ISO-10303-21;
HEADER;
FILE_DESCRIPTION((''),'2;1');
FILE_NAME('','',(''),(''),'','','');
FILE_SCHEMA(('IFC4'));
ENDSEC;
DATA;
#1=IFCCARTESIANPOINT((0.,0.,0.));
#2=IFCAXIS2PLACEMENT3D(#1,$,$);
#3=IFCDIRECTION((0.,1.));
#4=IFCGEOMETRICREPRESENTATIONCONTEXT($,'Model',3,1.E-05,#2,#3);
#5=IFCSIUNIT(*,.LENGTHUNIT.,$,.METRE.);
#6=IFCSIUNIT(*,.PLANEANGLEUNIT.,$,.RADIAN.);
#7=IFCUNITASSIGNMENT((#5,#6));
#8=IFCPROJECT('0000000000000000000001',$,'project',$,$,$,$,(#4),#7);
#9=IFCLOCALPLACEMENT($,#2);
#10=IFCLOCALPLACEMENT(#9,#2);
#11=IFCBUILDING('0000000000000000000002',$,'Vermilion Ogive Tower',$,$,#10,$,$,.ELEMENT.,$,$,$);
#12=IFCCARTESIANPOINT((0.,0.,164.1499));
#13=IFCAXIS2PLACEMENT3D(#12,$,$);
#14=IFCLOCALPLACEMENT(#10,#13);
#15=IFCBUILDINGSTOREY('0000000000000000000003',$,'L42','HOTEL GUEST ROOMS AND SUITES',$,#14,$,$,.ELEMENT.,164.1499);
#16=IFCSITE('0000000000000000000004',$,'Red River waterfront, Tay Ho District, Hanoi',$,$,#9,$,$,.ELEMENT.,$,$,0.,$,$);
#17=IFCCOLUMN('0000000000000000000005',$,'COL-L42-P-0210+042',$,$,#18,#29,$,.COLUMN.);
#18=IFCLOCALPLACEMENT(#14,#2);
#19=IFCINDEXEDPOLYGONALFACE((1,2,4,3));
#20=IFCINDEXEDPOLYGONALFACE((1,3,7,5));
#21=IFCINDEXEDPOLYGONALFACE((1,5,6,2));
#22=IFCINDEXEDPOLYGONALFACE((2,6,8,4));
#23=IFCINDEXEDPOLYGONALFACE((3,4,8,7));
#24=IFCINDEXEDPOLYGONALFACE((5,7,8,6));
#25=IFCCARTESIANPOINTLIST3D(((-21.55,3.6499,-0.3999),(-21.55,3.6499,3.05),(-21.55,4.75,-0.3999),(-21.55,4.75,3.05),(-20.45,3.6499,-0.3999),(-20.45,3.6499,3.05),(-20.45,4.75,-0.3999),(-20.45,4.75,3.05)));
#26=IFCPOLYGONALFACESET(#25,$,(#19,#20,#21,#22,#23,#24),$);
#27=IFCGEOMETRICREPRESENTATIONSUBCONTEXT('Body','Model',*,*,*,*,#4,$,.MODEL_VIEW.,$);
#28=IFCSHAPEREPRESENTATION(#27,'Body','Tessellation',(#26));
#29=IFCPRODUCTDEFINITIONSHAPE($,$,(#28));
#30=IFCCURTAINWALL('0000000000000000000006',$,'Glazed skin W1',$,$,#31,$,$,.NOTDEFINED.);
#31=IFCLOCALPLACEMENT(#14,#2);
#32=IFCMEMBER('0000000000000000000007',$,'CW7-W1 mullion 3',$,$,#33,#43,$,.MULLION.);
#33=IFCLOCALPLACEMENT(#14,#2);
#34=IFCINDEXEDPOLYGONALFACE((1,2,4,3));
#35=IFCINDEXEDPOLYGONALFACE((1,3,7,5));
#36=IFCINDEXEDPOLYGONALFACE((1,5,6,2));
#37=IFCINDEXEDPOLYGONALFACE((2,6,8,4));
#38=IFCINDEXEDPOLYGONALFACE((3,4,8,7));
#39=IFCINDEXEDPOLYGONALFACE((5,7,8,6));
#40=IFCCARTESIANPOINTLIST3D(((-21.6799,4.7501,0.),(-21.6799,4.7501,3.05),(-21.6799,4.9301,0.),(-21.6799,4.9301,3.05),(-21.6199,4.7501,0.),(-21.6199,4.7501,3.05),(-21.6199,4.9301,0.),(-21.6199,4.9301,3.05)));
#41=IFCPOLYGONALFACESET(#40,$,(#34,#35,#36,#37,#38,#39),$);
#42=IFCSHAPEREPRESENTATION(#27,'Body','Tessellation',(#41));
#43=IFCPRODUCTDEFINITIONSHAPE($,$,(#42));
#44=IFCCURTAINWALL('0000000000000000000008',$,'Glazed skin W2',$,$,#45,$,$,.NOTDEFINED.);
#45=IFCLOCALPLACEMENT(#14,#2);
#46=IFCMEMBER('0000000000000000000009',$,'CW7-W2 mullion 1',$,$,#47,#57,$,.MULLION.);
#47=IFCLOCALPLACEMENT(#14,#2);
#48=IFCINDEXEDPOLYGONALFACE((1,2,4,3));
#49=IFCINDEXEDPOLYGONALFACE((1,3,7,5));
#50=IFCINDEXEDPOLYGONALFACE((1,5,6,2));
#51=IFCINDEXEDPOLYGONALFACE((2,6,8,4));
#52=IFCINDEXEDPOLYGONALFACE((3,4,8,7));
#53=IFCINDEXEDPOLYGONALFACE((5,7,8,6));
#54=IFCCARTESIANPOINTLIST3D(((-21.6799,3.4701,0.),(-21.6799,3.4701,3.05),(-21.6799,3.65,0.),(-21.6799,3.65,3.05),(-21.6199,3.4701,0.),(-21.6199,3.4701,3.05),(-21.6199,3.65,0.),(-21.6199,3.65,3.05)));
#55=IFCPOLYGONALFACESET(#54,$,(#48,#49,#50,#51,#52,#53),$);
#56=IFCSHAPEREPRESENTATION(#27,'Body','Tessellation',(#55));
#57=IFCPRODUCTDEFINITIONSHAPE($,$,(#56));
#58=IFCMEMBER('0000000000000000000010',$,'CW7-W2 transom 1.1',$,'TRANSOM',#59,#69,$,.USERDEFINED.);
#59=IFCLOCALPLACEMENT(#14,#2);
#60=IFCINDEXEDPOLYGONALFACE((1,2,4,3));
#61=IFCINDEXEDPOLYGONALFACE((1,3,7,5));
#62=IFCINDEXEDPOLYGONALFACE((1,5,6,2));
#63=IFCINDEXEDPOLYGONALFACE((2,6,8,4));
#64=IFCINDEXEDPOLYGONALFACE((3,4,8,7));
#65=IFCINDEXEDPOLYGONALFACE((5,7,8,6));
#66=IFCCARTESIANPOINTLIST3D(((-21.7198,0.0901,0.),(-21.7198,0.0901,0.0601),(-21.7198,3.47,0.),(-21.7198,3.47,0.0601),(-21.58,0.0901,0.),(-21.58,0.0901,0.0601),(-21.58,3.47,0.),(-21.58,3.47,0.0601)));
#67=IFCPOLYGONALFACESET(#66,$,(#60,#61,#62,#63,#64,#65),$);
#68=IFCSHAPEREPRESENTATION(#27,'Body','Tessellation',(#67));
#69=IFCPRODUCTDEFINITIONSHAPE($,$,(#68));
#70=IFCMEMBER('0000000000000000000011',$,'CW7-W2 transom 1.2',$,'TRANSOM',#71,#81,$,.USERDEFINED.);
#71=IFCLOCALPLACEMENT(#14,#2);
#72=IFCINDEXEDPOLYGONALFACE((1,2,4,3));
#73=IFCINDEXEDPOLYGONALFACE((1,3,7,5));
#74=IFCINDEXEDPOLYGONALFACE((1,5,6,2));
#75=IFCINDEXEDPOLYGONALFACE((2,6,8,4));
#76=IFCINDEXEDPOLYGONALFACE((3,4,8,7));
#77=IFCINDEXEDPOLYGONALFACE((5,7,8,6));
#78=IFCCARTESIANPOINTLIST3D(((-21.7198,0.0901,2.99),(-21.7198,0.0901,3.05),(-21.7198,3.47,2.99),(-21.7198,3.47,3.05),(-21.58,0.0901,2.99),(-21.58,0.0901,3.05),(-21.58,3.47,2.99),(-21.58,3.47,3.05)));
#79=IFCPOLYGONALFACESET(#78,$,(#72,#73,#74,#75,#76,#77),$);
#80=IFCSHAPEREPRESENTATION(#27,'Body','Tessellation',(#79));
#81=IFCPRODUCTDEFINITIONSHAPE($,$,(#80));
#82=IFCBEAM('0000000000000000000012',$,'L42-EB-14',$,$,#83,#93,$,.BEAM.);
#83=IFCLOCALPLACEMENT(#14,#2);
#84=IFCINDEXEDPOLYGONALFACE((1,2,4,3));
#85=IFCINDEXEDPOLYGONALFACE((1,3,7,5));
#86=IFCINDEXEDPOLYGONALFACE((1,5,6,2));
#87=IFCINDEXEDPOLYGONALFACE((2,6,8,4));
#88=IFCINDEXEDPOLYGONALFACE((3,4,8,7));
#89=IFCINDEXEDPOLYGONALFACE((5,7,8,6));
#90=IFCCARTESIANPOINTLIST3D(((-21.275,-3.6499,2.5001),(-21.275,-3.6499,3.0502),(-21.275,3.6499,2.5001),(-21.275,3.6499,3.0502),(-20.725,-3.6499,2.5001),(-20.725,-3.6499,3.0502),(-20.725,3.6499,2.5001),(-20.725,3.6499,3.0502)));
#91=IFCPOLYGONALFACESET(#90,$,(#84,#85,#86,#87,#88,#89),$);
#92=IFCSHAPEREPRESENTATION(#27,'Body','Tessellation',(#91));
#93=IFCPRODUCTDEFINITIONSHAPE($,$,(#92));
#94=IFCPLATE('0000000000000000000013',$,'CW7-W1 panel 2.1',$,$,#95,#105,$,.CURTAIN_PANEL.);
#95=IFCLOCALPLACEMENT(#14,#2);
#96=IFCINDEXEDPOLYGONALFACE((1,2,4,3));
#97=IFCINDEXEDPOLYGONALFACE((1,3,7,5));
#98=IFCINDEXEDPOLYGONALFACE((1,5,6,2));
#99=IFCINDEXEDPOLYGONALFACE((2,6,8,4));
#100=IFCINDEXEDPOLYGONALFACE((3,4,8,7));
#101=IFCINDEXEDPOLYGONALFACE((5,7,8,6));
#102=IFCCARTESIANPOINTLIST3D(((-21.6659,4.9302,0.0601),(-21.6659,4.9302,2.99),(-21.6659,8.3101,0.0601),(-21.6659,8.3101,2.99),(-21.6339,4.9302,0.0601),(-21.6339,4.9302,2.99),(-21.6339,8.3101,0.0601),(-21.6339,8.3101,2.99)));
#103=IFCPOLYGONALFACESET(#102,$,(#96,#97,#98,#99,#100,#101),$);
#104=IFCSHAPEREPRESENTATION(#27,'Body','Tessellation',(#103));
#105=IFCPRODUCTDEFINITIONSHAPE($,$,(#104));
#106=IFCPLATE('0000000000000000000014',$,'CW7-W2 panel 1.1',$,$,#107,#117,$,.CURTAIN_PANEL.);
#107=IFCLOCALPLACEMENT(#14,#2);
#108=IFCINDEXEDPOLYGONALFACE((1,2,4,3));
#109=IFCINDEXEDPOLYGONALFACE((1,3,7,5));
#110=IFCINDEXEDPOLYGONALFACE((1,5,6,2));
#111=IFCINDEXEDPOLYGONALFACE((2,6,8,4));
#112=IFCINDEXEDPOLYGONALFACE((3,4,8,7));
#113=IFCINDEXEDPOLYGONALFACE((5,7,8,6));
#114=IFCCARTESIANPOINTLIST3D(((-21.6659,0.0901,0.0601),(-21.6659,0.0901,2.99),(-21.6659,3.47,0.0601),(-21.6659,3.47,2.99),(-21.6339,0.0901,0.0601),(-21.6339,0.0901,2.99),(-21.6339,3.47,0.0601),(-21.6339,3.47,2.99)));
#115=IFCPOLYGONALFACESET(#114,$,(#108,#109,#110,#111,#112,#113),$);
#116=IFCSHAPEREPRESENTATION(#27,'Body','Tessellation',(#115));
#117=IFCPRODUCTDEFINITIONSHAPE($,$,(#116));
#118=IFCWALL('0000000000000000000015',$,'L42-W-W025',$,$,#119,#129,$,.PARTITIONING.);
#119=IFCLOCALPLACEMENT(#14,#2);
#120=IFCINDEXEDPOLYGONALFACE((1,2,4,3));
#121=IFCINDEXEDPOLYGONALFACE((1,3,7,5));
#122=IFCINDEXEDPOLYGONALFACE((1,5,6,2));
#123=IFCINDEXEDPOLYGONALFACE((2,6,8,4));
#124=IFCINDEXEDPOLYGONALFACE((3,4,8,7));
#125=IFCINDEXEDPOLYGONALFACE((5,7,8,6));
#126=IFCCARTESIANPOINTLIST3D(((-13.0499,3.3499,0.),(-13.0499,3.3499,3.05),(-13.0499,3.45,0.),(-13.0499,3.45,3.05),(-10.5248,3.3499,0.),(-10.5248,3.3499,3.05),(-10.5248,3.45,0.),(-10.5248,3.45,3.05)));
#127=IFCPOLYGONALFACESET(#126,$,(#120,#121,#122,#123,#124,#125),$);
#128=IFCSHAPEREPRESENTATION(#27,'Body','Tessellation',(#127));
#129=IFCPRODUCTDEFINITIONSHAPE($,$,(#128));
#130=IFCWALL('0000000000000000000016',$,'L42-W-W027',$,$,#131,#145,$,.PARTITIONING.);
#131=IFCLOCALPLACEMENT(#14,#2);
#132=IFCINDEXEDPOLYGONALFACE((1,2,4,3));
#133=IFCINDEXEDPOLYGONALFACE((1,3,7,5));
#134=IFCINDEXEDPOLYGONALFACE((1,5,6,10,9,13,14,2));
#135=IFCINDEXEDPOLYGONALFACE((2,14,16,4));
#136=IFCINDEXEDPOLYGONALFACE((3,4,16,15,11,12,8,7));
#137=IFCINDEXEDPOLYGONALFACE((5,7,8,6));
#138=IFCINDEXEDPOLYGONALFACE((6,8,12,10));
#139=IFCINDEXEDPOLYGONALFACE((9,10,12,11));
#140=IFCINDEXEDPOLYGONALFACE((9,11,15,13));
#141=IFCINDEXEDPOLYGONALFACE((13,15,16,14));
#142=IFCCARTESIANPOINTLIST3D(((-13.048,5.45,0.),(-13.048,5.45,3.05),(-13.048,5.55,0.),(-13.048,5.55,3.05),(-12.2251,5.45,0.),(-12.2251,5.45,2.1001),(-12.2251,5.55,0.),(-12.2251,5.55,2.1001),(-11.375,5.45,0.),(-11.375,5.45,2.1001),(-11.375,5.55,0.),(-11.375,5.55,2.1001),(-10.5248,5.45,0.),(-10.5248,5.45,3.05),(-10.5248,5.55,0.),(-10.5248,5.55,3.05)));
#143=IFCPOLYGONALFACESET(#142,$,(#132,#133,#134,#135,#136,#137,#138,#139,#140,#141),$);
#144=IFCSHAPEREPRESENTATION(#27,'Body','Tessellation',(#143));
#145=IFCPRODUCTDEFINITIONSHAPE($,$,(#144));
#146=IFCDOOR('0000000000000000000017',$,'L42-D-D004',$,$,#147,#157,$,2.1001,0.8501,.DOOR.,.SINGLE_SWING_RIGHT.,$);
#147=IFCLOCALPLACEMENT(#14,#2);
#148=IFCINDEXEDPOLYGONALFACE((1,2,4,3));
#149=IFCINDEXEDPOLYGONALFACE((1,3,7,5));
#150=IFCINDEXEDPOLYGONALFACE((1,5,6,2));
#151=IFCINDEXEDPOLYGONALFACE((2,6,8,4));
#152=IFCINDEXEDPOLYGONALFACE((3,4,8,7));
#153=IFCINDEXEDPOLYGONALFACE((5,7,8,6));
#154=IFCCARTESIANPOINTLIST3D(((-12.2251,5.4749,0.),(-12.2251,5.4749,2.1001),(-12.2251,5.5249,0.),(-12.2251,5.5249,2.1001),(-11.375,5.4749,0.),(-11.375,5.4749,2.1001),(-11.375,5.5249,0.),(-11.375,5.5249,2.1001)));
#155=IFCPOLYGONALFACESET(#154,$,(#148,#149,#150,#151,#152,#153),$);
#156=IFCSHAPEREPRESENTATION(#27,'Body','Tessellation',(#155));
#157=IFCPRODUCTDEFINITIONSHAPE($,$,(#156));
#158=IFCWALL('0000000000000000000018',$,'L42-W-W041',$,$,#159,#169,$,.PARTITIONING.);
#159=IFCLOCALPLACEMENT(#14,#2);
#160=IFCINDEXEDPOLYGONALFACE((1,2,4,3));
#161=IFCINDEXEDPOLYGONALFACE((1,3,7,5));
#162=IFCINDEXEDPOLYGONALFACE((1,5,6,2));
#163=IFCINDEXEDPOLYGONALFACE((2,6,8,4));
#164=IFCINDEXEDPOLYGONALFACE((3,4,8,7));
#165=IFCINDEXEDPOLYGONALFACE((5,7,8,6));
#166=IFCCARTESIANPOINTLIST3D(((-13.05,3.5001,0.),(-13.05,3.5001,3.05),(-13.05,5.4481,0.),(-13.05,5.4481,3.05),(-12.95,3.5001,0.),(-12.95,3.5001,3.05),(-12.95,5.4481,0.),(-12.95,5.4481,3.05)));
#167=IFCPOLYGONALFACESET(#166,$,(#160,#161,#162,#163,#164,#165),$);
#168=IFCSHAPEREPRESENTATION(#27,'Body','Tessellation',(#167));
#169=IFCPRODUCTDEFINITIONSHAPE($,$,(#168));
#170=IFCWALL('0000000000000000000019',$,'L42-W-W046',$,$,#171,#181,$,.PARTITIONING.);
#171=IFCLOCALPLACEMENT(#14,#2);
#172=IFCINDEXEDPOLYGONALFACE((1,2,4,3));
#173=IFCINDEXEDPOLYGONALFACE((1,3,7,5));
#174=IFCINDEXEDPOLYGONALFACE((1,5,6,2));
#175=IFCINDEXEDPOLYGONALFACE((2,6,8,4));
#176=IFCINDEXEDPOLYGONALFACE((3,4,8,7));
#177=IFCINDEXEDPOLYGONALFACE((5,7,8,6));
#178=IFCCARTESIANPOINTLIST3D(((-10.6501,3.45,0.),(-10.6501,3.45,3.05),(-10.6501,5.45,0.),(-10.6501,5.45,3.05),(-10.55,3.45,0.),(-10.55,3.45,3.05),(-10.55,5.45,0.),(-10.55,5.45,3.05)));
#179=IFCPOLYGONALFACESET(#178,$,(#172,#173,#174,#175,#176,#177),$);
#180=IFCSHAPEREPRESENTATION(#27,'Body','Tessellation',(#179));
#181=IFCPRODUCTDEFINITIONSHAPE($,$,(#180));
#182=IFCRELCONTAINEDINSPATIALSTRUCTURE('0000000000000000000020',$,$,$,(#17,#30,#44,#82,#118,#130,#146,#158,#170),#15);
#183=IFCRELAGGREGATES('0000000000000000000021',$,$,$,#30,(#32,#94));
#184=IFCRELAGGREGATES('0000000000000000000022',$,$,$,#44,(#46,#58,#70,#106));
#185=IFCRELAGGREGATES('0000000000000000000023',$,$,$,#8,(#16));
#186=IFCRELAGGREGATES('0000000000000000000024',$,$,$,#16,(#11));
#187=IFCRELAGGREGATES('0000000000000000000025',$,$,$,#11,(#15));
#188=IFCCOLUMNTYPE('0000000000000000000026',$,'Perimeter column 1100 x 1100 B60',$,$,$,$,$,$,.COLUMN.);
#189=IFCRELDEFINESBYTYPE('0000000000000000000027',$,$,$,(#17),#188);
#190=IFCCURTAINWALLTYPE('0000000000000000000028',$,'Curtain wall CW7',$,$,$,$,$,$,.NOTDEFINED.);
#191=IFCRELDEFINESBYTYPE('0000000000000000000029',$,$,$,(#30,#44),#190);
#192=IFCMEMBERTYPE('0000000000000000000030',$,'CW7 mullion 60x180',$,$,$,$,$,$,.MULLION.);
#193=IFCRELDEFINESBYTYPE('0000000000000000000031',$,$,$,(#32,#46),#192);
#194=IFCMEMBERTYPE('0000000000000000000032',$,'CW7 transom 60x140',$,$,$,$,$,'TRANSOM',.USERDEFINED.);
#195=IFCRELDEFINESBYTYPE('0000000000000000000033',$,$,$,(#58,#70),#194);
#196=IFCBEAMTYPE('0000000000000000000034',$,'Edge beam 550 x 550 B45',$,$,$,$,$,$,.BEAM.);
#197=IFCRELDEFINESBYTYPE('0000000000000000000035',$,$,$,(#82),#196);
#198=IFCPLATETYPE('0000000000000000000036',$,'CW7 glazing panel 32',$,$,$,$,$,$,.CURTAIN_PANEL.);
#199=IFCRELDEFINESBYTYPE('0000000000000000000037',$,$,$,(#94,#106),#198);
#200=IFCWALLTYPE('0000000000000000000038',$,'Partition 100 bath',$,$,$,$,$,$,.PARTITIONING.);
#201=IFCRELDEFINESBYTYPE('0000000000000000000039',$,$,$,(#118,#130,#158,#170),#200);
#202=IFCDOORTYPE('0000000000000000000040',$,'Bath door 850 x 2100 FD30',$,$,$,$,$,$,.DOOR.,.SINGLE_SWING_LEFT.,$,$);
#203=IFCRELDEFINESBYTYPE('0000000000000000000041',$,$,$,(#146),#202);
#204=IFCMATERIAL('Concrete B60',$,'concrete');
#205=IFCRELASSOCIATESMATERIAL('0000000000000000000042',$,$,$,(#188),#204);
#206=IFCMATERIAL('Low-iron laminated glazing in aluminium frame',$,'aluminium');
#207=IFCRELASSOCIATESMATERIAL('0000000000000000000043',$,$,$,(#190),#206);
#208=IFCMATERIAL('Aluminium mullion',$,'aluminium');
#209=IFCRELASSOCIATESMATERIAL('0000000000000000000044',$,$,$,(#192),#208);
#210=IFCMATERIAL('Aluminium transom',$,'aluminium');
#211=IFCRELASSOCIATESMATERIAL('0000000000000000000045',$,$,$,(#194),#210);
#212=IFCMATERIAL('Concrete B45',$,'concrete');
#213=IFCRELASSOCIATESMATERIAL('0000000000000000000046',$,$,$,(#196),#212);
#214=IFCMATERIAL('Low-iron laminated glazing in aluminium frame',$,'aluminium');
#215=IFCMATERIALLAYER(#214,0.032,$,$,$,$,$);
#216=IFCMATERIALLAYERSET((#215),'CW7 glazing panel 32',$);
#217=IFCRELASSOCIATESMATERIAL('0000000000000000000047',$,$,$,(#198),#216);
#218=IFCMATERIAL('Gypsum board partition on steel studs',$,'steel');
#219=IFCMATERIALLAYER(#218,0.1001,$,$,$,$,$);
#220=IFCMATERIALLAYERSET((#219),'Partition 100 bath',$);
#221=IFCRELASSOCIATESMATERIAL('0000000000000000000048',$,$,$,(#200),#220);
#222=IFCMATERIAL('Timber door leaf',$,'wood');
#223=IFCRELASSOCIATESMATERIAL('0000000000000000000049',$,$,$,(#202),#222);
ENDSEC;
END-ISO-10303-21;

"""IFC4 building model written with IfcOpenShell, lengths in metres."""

from ifc_helpers import new_model, si_unit, direction, frame, frame_2d, origin, origin_2d, place, context, subcontext, project, spatial, rectangle, extrude, material, layer, layer_set, material_profile, profile_set, type_object, element, fill, aggregate, save


model = new_model("IFC4")

# Units and contexts
model_context = context("Model", 3, precision=1e-05, world=origin(), true_north=direction((0.0, 1.0)))
body_context = subcontext(model_context, "Body", "Model", "MODEL_VIEW")
ifc_project = project(units=[si_unit("LENGTHUNIT", "METRE"), si_unit("PLANEANGLEUNIT", "RADIAN")], contexts=[model_context])

# Site, building, storey
site_placement = place(None, origin())
site = spatial("IfcSite", under=ifc_project, at=site_placement, Name="Red River waterfront, Tay Ho District, Hanoi", CompositionType="ELEMENT", RefElevation=0.0)
building_placement = place(site_placement, origin())
building = spatial("IfcBuilding", under=site, at=building_placement, Name="Vermilion Ogive Tower", CompositionType="ELEMENT")
storey_placement = place(building_placement, frame((0.0, 0.0, 164.1499)))
storey = spatial("IfcBuildingStorey", under=building, at=storey_placement, Name="L42", Description="HOTEL GUEST ROOMS AND SUITES", CompositionType="ELEMENT", Elevation=164.1499)

# Column
ifc_material_1 = material(Name="Concrete B60", Category="concrete")
ifc_material_profile_1 = material_profile(ifc_material_1, rectangle(XDim=1.1001, YDim=1.1001, at=origin_2d()), Name="1100 x 1100")
ifc_profile_set_1 = profile_set([ifc_material_profile_1], Name="Concrete B60")
column_type = type_object("IfcColumnType", Name="Perimeter column 1100 x 1100 B60", PredefinedType="COLUMN", material=ifc_profile_set_1)
column_placement = place(storey_placement, frame((-21.0, 4.2, -0.3999), z_axis=(0.0, 0.0, 1.0), x_axis=(1.0, 0.0, 0.0)))
element("IfcColumn", 1, at=column_placement, inside=storey, type_object=column_type, Name="COL-L42-P-0210+042", PredefinedType="COLUMN", context=body_context, shape_type="SweptSolid", body=[
    extrude(rectangle(XDim=1.1001, YDim=1.1001, at=origin_2d()), origin(), (0.0, 0.0, 1.0), 3.45),
])

# Curtain wall, member
ifc_material_2 = material(Name="Low-iron laminated glazing in aluminium frame", Category="aluminium")
curtain_wall_type = type_object("IfcCurtainWallType", Name="Curtain wall CW7", PredefinedType="NOTDEFINED", material=ifc_material_2)
curtain_wall_1_placement = place(storey_placement, origin())
curtain_wall_1 = element("IfcCurtainWall", 2, at=curtain_wall_1_placement, inside=storey, type_object=curtain_wall_type, Name="Glazed skin W1", PredefinedType="NOTDEFINED")
ifc_material_3 = material(Name="Aluminium mullion", Category="aluminium")
ifc_material_profile_2 = material_profile(ifc_material_3, rectangle(XDim=0.0601, YDim=0.1799, at=origin_2d()), Name="AL 60x180")
ifc_profile_set_2 = profile_set([ifc_material_profile_2], Name="Aluminium mullion")
member_type_1 = type_object("IfcMemberType", Name="CW7 mullion 60x180", PredefinedType="MULLION", material=ifc_profile_set_2)
member_1_placement = place(storey_placement, frame((-21.6499, 4.8401, 0.0), z_axis=(0.0, 0.0, 1.0), x_axis=(1.0, 0.0, 0.0)))
member_1 = element("IfcMember", 3, at=member_1_placement, type_object=member_type_1, Name="CW7-W1 mullion 3", PredefinedType="MULLION", context=body_context, shape_type="SweptSolid", body=[
    extrude(rectangle(XDim=0.0601, YDim=0.1799, at=origin_2d()), origin(), (0.0, 0.0, 1.0), 3.05),
])

# Curtain wall, members
curtain_wall_2_placement = place(storey_placement, origin())
curtain_wall_2 = element("IfcCurtainWall", 4, at=curtain_wall_2_placement, inside=storey, type_object=curtain_wall_type, Name="Glazed skin W2", PredefinedType="NOTDEFINED")
member_2_placement = place(storey_placement, frame((-21.6499, 3.5601, 0.0), z_axis=(0.0, 0.0, 1.0), x_axis=(1.0, 0.0, 0.0)))
member_2 = element("IfcMember", 5, at=member_2_placement, type_object=member_type_1, Name="CW7-W2 mullion 1", PredefinedType="MULLION", context=body_context, shape_type="SweptSolid", body=[
    extrude(rectangle(XDim=0.0601, YDim=0.1799, at=origin_2d()), origin(), (0.0, 0.0, 1.0), 3.05),
])
ifc_material_4 = material(Name="Aluminium transom", Category="aluminium")
ifc_material_profile_3 = material_profile(ifc_material_4, rectangle(XDim=0.1399, YDim=0.0601, at=origin_2d()), Name="AL 60x140")
ifc_profile_set_3 = profile_set([ifc_material_profile_3], Name="Aluminium transom")
member_type_2 = type_object("IfcMemberType", Name="CW7 transom 60x140", ElementType="TRANSOM", PredefinedType="USERDEFINED", material=ifc_profile_set_3)
member_3_placement = place(storey_placement, frame((-21.6499, 3.47, 0.03), z_axis=(0.0, -1.0, 0.0), x_axis=(1.0, 0.0, 0.0)))
member_3 = element("IfcMember", 6, at=member_3_placement, type_object=member_type_2, Name="CW7-W2 transom 1.1", ObjectType="TRANSOM", PredefinedType="USERDEFINED", context=body_context, shape_type="SweptSolid", body=[
    extrude(rectangle(XDim=0.1399, YDim=0.0601, at=origin_2d()), origin(), (0.0, 0.0, 1.0), 3.3799),
])
member_4_placement = place(storey_placement, frame((-21.6499, 3.47, 3.02), z_axis=(0.0, -1.0, 0.0), x_axis=(1.0, 0.0, 0.0)))
member_4 = element("IfcMember", 7, at=member_4_placement, type_object=member_type_2, Name="CW7-W2 transom 1.2", ObjectType="TRANSOM", PredefinedType="USERDEFINED", context=body_context, shape_type="SweptSolid", body=[
    extrude(rectangle(XDim=0.1399, YDim=0.0601, at=origin_2d()), origin(), (0.0, 0.0, 1.0), 3.3799),
])

# Beam
ifc_material_5 = material(Name="Concrete B45", Category="concrete")
ifc_material_profile_4 = material_profile(ifc_material_5, rectangle(XDim=0.55, YDim=0.55, at=origin_2d()), Name="550 x 550")
ifc_profile_set_4 = profile_set([ifc_material_profile_4], Name="Concrete B45")
beam_type = type_object("IfcBeamType", Name="Edge beam 550 x 550 B45", PredefinedType="BEAM", material=ifc_profile_set_4)
beam_placement = place(storey_placement, frame((-21.0, 3.6499, 2.7751), z_axis=(0.0, -1.0, 0.0), x_axis=(1.0, 0.0, 0.0)))
element("IfcBeam", 8, at=beam_placement, inside=storey, type_object=beam_type, Name="L42-EB-14", PredefinedType="BEAM", context=body_context, shape_type="SweptSolid", body=[
    extrude(rectangle(XDim=0.55, YDim=0.55, at=origin_2d()), origin(), (0.0, 0.0, 1.0), 7.2998),
])

# Plates
ifc_material_6 = material(Name="Low-iron laminated glazing in aluminium frame", Category="aluminium")
ifc_layer_1 = layer(ifc_material_6, 0.032)
ifc_layer_set_1 = layer_set([ifc_layer_1], Name="CW7 glazing panel 32")
plate_type = type_object("IfcPlateType", Name="CW7 glazing panel 32", PredefinedType="CURTAIN_PANEL", material=ifc_layer_set_1)
plate_1_placement = place(storey_placement, frame((-21.6499, 6.6201, 0.0601), z_axis=(0.0, 0.0, 1.0), x_axis=(0.0, -1.0, 0.0)))
plate_1 = element("IfcPlate", 9, at=plate_1_placement, type_object=plate_type, Name="CW7-W1 panel 2.1", PredefinedType="CURTAIN_PANEL", context=body_context, shape_type="SweptSolid", body=[
    extrude(rectangle(XDim=3.3799, YDim=0.032, at=origin_2d()), origin(), (0.0, 0.0, 1.0), 2.9299),
])
aggregate(curtain_wall_1, [member_1, plate_1])
plate_2_placement = place(storey_placement, frame((-21.6499, 1.78, 0.0601), z_axis=(0.0, 0.0, 1.0), x_axis=(0.0, -1.0, 0.0)))
plate_2 = element("IfcPlate", 10, at=plate_2_placement, type_object=plate_type, Name="CW7-W2 panel 1.1", PredefinedType="CURTAIN_PANEL", context=body_context, shape_type="SweptSolid", body=[
    extrude(rectangle(XDim=3.3799, YDim=0.032, at=origin_2d()), origin(), (0.0, 0.0, 1.0), 2.9299),
])
aggregate(curtain_wall_2, [member_2, member_3, member_4, plate_2])

# Wall
ifc_material_7 = material(Name="Gypsum board partition on steel studs", Category="steel")
ifc_layer_2 = layer(ifc_material_7, 0.1001)
ifc_layer_set_2 = layer_set([ifc_layer_2], Name="Partition 100 bath")
wall_type_1 = type_object("IfcWallType", Name="Partition 100 bath", PredefinedType="PARTITIONING", material=ifc_layer_set_2)
wall_1_placement = place(storey_placement, frame((-13.05, 3.3999, 0.0), z_axis=(0.0, 0.0, 1.0), x_axis=(1.0, 0.0, 0.0)))
element("IfcWall", 11, at=wall_1_placement, inside=storey, type_object=wall_type_1, Name="L42-W-W025", PredefinedType="PARTITIONING", context=body_context, shape_type="SweptSolid", body=[
    extrude(rectangle(XDim=2.5251, YDim=0.1001, at=frame_2d((1.2627, 0.0))), origin(), (0.0, 0.0, 1.0), 3.05),
])

# Wall, opening, door
wall_2_placement = place(storey_placement, frame((-13.0481, 5.5, 0.0), z_axis=(0.0, 0.0, 1.0), x_axis=(1.0, 0.0, 0.0)))
wall_2 = element("IfcWall", 12, at=wall_2_placement, inside=storey, type_object=wall_type_1, Name="L42-W-W027", PredefinedType="PARTITIONING", context=body_context, shape_type="SweptSolid", body=[
    extrude(rectangle(XDim=2.5232, YDim=0.1001, at=frame_2d((1.2617, 0.0))), origin(), (0.0, 0.0, 1.0), 3.05),
])
opening_1_placement = place(wall_2_placement, frame((0.823, 0.0, 0.0)))
opening_1 = element("IfcOpeningElement", 13, at=opening_1_placement, cuts=wall_2, PredefinedType="OPENING", context=body_context, shape_type="SweptSolid", body=[
    extrude(rectangle(XDim=0.8501, YDim=2.1001, at=frame_2d((0.425, 1.05))), frame((0.0, 0.0601, 0.0), z_axis=(0.0, -1.0, 0.0), x_axis=(1.0, 0.0, 0.0)), (0.0, 0.0, 1.0), 0.1201),
])
ifc_material_8 = material(Name="Timber door leaf", Category="wood")
door_type_1 = type_object("IfcDoorType", Name="Bath door 850 x 2100 FD30", OperationType="SINGLE_SWING_LEFT", PredefinedType="DOOR", material=ifc_material_8)
door_1_placement = place(opening_1_placement, origin())
door_1 = element("IfcDoor", 14, at=door_1_placement, inside=storey, type_object=door_type_1, Name="L42-D-D004", OperationType="SINGLE_SWING_RIGHT", OverallHeight=2.1001, OverallWidth=0.8501, PredefinedType="DOOR", context=body_context, shape_type="SweptSolid", body=[
    extrude(rectangle(XDim=0.8501, YDim=2.1001, at=frame_2d((0.425, 1.05))), frame((0.0, 0.0249, 0.0), z_axis=(0.0, -1.0, 0.0), x_axis=(1.0, 0.0, 0.0)), (0.0, 0.0, 1.0), 0.05),
])
fill(opening_1, door_1)

# Walls
wall_3_placement = place(storey_placement, frame((-13.0, 3.5, 0.0), z_axis=(0.0, 0.0, 1.0), x_axis=(0.0, 1.0, 0.0)))
element("IfcWall", 15, at=wall_3_placement, inside=storey, type_object=wall_type_1, Name="L42-W-W041", PredefinedType="PARTITIONING", context=body_context, shape_type="SweptSolid", body=[
    extrude(rectangle(XDim=1.948, YDim=0.1001, at=frame_2d((0.9741, 0.0))), origin(), (0.0, 0.0, 1.0), 3.05),
])
wall_4_placement = place(storey_placement, frame((-10.6001, 3.45, 0.0), z_axis=(0.0, 0.0, 1.0), x_axis=(0.0, 1.0, 0.0)))
element("IfcWall", 16, at=wall_4_placement, inside=storey, type_object=wall_type_1, Name="L42-W-W046", PredefinedType="PARTITIONING", context=body_context, shape_type="SweptSolid", body=[
    extrude(rectangle(XDim=2.0, YDim=0.1001, at=frame_2d((1.0, 0.0))), origin(), (0.0, 0.0, 1.0), 3.05),
])

save(model, "model.ifc")
